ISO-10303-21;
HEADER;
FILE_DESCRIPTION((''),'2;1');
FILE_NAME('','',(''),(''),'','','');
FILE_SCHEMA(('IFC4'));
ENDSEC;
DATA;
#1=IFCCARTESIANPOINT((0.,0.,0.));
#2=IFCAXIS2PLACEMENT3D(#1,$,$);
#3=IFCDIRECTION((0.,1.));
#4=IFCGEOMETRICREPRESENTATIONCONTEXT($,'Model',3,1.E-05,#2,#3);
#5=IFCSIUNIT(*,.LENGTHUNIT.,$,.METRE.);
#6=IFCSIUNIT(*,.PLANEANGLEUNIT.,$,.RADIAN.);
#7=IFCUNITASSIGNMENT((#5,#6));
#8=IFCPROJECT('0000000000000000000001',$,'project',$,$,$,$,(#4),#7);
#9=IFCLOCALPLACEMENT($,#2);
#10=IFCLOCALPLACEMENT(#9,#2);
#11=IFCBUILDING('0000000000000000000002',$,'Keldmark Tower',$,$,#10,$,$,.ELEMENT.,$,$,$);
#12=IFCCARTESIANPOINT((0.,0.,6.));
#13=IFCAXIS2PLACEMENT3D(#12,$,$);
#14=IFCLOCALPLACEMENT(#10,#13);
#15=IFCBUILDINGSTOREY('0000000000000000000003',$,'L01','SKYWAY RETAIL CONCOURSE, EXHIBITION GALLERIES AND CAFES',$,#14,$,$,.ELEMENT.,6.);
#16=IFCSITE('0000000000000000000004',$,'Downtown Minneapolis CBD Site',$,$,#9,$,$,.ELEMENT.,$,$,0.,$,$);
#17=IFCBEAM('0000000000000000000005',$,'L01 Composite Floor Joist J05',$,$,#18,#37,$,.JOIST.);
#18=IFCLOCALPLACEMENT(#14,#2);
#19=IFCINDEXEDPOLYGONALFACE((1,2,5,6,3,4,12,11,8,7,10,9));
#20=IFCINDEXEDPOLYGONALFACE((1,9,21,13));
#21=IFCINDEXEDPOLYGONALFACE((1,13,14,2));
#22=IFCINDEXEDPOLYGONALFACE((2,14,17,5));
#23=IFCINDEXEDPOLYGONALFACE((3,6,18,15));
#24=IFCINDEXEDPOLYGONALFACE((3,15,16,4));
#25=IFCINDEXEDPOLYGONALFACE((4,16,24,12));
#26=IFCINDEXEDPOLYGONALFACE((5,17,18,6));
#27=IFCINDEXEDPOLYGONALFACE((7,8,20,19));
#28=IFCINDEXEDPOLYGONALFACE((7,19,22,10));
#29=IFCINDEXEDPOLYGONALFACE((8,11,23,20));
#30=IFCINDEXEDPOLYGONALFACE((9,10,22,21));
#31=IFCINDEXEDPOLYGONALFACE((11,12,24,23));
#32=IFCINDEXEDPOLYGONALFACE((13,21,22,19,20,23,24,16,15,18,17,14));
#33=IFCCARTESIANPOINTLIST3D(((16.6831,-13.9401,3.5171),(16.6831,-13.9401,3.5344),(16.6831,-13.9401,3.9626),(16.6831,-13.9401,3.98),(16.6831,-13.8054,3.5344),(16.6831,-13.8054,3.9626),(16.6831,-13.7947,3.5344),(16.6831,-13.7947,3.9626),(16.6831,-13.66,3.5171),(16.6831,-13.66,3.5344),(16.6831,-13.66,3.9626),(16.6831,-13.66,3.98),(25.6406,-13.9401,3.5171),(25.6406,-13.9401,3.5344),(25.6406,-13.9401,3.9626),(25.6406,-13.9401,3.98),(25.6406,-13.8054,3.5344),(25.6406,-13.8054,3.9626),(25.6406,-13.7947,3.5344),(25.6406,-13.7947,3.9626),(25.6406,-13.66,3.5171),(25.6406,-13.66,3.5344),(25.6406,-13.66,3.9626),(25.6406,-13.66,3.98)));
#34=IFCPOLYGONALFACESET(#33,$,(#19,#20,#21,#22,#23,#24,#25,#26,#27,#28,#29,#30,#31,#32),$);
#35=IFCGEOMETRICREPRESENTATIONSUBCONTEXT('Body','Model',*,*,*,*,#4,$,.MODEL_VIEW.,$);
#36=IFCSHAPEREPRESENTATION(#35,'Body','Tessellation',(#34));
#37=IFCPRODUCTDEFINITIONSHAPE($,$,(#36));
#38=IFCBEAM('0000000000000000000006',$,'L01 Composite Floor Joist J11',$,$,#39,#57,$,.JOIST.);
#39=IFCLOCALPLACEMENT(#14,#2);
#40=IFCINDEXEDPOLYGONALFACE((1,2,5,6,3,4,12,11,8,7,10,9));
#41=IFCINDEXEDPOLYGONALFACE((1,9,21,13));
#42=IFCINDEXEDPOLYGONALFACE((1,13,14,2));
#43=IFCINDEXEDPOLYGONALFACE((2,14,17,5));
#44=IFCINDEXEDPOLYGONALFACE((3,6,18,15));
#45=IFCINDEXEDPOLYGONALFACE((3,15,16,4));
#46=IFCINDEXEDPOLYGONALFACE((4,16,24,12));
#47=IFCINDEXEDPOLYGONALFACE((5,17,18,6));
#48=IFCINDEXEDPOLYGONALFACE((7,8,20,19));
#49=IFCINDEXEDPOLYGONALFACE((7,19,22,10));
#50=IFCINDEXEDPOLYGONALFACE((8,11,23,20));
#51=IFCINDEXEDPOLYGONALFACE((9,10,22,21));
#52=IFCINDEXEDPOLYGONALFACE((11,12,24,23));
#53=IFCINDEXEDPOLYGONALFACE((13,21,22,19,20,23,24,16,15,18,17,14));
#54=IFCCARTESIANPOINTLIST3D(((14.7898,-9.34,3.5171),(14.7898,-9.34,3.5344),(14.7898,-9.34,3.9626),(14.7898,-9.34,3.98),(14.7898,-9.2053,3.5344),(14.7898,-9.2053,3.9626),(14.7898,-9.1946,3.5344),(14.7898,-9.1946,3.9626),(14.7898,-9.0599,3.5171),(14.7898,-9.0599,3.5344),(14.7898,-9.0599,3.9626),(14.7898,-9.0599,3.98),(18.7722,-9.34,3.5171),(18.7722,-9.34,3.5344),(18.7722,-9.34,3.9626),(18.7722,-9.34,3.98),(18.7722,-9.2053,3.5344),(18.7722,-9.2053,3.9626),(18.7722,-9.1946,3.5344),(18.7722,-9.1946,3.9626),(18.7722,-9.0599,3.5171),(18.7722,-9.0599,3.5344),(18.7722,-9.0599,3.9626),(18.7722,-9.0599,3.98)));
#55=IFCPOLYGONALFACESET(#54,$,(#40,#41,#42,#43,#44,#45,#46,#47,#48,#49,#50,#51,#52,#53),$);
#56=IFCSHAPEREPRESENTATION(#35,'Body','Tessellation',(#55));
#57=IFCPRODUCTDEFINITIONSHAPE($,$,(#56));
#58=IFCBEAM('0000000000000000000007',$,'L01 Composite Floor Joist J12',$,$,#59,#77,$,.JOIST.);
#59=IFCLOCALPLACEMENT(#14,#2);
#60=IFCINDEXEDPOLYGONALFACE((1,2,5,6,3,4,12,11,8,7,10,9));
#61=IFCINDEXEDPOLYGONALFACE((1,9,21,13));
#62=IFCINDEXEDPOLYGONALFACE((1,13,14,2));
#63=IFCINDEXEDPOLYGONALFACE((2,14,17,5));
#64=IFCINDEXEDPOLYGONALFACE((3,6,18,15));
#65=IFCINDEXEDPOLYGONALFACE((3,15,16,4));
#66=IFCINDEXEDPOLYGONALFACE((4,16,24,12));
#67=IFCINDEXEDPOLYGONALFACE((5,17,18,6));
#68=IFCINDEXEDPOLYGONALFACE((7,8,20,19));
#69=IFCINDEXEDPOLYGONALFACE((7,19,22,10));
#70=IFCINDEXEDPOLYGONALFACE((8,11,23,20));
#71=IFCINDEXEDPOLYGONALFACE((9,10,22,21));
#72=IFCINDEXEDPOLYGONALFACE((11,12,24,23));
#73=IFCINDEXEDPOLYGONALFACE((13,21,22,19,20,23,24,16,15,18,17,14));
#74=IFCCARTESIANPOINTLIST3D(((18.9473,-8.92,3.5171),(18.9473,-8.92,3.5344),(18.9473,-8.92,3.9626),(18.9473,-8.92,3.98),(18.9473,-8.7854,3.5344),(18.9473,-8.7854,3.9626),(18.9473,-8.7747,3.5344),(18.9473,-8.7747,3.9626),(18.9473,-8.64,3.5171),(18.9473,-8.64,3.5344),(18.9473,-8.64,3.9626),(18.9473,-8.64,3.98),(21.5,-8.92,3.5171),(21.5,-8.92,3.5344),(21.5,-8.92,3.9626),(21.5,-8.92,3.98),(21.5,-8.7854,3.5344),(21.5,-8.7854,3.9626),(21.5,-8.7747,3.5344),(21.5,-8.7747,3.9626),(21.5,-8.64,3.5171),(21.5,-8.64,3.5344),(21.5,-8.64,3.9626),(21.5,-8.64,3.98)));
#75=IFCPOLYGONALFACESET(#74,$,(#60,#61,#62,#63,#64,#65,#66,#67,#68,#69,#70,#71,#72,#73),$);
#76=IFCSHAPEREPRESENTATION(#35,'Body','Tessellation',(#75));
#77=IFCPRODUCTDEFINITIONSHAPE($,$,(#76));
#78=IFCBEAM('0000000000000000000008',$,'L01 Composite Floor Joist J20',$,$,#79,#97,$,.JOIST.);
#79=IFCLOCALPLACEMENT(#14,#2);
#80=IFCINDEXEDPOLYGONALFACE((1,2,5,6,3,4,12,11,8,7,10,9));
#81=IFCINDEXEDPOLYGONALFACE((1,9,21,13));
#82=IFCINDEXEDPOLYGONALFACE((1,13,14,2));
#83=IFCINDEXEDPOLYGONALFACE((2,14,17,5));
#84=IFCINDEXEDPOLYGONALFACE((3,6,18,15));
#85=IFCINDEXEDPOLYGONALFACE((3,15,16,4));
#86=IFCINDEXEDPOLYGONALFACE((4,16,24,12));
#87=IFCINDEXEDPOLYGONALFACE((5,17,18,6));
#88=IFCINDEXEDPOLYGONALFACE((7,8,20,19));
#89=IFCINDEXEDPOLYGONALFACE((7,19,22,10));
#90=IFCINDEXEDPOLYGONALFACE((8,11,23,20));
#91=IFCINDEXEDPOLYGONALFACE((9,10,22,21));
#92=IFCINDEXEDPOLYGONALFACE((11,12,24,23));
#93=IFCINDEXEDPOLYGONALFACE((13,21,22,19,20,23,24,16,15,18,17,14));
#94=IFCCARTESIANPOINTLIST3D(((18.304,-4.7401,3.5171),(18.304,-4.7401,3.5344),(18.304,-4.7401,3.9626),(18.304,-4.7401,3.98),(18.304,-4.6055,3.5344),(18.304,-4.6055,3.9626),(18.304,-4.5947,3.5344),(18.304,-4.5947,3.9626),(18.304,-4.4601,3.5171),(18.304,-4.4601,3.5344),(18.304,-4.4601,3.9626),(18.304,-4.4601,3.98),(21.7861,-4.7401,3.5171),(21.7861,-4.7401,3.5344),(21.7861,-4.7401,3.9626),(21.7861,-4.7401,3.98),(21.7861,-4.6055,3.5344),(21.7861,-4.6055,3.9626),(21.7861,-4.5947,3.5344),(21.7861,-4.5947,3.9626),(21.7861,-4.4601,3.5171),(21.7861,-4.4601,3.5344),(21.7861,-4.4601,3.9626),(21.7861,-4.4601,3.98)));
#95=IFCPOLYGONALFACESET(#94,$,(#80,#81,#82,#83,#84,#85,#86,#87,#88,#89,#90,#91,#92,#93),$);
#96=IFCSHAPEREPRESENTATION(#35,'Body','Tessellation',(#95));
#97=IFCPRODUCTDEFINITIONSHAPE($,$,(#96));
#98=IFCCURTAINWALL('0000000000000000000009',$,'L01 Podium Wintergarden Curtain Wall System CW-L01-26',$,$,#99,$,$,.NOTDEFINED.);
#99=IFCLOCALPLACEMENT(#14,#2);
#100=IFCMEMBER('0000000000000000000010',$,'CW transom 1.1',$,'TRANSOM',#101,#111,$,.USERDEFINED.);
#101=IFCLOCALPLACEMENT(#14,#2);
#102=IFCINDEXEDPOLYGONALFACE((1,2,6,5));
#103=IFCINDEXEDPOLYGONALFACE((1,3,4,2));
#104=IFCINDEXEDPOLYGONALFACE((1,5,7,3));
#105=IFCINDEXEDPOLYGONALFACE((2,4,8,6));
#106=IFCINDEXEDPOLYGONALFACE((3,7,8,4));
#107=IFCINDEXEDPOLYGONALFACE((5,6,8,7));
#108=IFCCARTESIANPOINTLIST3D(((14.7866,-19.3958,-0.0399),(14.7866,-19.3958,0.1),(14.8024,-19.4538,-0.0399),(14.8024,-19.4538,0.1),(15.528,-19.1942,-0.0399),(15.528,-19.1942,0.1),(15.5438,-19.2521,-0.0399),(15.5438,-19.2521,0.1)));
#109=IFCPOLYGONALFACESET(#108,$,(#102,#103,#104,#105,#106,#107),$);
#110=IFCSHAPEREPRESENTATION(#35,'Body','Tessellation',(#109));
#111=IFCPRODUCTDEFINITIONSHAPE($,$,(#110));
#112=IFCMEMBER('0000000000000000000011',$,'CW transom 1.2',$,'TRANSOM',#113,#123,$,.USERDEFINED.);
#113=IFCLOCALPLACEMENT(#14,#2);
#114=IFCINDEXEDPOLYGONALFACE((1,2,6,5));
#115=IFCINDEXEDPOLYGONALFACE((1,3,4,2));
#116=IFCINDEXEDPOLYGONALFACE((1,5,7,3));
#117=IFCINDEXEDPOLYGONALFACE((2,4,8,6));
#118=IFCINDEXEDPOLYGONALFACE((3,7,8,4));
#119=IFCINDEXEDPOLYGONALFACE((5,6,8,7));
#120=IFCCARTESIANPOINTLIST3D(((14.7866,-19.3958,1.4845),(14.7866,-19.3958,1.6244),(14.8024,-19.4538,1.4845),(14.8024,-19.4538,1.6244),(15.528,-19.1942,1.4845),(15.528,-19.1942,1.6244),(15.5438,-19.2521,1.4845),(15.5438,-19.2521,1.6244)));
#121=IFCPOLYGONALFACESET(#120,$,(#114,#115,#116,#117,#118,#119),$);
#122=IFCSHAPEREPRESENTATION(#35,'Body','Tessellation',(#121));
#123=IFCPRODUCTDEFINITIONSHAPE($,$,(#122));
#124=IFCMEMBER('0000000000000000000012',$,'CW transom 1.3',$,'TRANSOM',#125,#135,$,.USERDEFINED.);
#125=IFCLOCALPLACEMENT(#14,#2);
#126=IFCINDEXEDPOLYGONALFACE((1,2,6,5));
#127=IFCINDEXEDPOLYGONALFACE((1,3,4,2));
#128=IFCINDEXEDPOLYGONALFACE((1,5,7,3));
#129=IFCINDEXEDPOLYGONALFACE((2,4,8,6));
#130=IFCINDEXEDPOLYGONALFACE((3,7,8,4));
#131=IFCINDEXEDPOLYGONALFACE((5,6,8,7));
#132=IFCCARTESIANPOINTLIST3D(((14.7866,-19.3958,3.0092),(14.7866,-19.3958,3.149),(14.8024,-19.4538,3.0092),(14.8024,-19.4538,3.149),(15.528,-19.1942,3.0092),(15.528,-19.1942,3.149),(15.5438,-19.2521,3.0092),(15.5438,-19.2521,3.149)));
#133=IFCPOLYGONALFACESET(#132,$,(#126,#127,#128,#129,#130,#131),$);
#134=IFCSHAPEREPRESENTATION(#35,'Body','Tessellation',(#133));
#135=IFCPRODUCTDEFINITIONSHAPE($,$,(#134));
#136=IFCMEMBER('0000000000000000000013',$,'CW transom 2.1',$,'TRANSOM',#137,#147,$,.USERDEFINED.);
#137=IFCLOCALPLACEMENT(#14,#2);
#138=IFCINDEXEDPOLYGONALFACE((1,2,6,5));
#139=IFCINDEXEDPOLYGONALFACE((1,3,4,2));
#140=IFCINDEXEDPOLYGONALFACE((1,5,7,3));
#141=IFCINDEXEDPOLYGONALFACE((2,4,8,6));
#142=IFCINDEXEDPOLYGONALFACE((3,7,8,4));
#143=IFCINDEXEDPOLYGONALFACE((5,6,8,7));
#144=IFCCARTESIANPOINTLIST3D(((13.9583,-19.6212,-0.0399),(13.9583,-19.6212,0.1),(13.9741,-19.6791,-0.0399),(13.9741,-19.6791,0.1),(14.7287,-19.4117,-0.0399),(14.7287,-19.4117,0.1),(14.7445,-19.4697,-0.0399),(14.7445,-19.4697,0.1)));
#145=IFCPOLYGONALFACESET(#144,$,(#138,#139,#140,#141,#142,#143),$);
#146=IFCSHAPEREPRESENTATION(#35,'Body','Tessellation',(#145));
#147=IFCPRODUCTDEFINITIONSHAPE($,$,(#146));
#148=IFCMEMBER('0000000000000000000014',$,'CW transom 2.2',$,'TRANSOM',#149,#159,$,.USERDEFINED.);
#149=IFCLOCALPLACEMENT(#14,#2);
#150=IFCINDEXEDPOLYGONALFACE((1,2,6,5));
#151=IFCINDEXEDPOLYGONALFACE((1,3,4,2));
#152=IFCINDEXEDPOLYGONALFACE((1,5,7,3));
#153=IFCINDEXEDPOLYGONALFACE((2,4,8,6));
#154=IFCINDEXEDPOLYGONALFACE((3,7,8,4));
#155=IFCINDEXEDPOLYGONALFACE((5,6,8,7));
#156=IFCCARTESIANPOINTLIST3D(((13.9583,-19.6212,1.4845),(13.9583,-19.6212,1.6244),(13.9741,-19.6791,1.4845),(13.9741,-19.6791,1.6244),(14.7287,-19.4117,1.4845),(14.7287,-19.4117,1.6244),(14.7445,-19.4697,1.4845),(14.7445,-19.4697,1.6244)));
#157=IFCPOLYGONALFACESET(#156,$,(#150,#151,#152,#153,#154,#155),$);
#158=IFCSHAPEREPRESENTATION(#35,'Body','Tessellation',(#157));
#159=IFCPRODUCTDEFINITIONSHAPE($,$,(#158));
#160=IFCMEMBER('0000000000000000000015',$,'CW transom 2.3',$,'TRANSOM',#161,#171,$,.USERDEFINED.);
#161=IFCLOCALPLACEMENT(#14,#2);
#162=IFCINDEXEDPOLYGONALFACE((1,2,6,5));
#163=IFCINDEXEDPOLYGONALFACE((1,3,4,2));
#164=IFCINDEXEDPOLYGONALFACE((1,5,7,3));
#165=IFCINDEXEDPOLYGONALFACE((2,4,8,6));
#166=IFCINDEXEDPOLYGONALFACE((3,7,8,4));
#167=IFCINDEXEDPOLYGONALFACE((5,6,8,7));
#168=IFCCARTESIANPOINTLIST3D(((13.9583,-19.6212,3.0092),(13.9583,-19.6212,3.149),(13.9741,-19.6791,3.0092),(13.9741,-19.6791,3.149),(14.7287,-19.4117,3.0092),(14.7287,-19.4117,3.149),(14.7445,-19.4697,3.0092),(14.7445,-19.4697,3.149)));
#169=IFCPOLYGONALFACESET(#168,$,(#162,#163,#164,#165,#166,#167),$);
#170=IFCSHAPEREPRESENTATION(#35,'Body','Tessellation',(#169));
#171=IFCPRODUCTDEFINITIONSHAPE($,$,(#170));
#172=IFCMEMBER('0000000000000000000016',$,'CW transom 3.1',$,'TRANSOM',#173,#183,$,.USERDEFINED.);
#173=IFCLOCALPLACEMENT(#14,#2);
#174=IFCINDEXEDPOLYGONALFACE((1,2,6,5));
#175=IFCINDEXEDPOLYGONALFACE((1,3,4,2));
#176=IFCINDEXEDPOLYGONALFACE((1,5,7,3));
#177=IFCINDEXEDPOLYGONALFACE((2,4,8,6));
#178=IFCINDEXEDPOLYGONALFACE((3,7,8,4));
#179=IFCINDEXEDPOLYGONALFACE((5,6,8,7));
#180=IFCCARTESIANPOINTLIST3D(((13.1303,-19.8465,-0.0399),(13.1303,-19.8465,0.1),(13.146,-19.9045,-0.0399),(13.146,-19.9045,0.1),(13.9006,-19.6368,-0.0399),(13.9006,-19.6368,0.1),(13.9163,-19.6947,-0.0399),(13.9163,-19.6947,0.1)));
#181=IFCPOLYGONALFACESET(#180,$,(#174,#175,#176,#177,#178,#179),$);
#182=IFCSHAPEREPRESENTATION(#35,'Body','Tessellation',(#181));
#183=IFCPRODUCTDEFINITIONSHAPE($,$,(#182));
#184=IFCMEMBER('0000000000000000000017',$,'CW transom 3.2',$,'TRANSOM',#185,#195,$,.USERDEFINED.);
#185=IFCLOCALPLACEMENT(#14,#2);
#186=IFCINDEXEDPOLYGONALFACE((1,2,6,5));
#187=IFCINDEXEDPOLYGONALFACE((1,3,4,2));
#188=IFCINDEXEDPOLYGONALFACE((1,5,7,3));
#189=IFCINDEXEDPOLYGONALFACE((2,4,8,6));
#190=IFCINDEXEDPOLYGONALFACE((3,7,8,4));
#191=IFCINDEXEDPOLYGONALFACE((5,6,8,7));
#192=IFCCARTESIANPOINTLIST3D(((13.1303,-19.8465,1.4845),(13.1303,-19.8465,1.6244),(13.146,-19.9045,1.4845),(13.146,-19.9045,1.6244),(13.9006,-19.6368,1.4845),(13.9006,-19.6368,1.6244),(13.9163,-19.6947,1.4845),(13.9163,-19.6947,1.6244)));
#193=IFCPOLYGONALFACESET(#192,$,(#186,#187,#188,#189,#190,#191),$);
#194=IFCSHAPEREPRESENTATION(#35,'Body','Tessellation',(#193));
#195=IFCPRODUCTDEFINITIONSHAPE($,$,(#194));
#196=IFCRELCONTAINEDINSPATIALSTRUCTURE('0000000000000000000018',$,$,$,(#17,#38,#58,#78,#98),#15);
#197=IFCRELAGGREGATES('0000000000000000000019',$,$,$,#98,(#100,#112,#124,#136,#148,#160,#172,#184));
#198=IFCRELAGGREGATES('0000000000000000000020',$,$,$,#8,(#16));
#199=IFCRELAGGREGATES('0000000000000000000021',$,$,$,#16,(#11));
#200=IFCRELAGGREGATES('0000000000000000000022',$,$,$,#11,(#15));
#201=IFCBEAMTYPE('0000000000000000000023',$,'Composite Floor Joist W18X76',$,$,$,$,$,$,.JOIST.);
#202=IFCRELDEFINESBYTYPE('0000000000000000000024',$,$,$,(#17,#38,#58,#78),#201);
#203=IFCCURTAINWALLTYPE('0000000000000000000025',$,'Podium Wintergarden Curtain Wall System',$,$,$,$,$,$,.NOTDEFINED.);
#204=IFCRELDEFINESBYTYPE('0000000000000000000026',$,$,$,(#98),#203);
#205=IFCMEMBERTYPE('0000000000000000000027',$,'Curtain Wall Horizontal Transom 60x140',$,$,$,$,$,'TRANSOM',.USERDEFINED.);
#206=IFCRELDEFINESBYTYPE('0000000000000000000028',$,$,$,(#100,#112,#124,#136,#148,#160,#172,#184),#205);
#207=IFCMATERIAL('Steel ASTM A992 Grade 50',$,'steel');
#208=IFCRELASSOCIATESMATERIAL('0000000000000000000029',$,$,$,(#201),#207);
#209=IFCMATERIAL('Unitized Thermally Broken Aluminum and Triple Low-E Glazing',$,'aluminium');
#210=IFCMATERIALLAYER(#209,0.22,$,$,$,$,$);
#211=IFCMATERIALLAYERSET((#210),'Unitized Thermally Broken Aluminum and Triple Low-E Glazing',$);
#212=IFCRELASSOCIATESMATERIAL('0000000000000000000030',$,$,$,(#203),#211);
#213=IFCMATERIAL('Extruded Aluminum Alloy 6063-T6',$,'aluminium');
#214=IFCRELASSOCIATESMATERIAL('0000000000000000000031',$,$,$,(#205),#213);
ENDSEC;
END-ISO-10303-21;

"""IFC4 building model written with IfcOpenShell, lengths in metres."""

from ifc_helpers import new_model, si_unit, direction, frame, origin, origin_2d, place, context, subcontext, project, spatial, rectangle, i_section, extrude, material, layer, layer_set, material_profile, profile_set, type_object, element, aggregate, save


model = new_model("IFC4")

# Units and contexts
model_context = context("Model", 3, precision=1e-05, world=origin(), true_north=direction((0.0, 1.0)))
body_context = subcontext(model_context, "Body", "Model", "MODEL_VIEW")
ifc_project = project(units=[si_unit("LENGTHUNIT", "METRE"), si_unit("PLANEANGLEUNIT", "RADIAN")], contexts=[model_context])

# Site, building, storey
site_placement = place(None, origin())
site = spatial("IfcSite", under=ifc_project, at=site_placement, Name="Downtown Minneapolis CBD Site", CompositionType="ELEMENT", RefElevation=0.0)
building_placement = place(site_placement, origin())
building = spatial("IfcBuilding", under=site, at=building_placement, Name="Keldmark Tower", CompositionType="ELEMENT")
storey_placement = place(building_placement, frame((0.0, 0.0, 6.0)))
storey = spatial("IfcBuildingStorey", under=building, at=storey_placement, Name="L01", Description="SKYWAY RETAIL CONCOURSE, EXHIBITION GALLERIES AND CAFES", CompositionType="ELEMENT", Elevation=6.0)

# Beams
ifc_material_1 = material(Name="Steel ASTM A992 Grade 50", Category="steel")
ifc_material_profile_1 = material_profile(ifc_material_1, i_section(OverallWidth=0.28, OverallDepth=0.4629, WebThickness=0.0107, FlangeThickness=0.0173, at=origin_2d()), Name="W18X76")
ifc_profile_set_1 = profile_set([ifc_material_profile_1], Name="Steel ASTM A992 Grade 50")
beam_type_1 = type_object("IfcBeamType", Name="Composite Floor Joist W18X76", PredefinedType="JOIST", material=ifc_profile_set_1)
beam_1_placement = place(storey_placement, frame((16.6831, -13.8, 3.7485), z_axis=(1.0, 0.0, 0.0), x_axis=(0.0, 1.0, 0.0)))
element("IfcBeam", 1, at=beam_1_placement, inside=storey, type_object=beam_type_1, Name="L01 Composite Floor Joist J05", PredefinedType="JOIST", context=body_context, shape_type="SweptSolid", body=[
    extrude(i_section(OverallWidth=0.28, OverallDepth=0.4629, WebThickness=0.0107, FlangeThickness=0.0173, at=origin_2d()), origin(), (0.0, 0.0, 1.0), 8.9575),
])
beam_2_placement = place(storey_placement, frame((14.7898, -9.2, 3.7485), z_axis=(1.0, 0.0, 0.0), x_axis=(0.0, 1.0, 0.0)))
element("IfcBeam", 2, at=beam_2_placement, inside=storey, type_object=beam_type_1, Name="L01 Composite Floor Joist J11", PredefinedType="JOIST", context=body_context, shape_type="SweptSolid", body=[
    extrude(i_section(OverallWidth=0.28, OverallDepth=0.4629, WebThickness=0.0107, FlangeThickness=0.0173, at=origin_2d()), origin(), (0.0, 0.0, 1.0), 3.9824),
])
beam_3_placement = place(storey_placement, frame((18.9473, -8.78, 3.7485), z_axis=(1.0, 0.0, 0.0), x_axis=(0.0, 1.0, 0.0)))
element("IfcBeam", 3, at=beam_3_placement, inside=storey, type_object=beam_type_1, Name="L01 Composite Floor Joist J12", PredefinedType="JOIST", context=body_context, shape_type="SweptSolid", body=[
    extrude(i_section(OverallWidth=0.28, OverallDepth=0.4629, WebThickness=0.0107, FlangeThickness=0.0173, at=origin_2d()), origin(), (0.0, 0.0, 1.0), 2.5527),
])
beam_4_placement = place(storey_placement, frame((18.304, -4.6001, 3.7485), z_axis=(1.0, 0.0, 0.0), x_axis=(0.0, 1.0, 0.0)))
element("IfcBeam", 4, at=beam_4_placement, inside=storey, type_object=beam_type_1, Name="L01 Composite Floor Joist J20", PredefinedType="JOIST", context=body_context, shape_type="SweptSolid", body=[
    extrude(i_section(OverallWidth=0.28, OverallDepth=0.4629, WebThickness=0.0107, FlangeThickness=0.0173, at=origin_2d()), origin(), (0.0, 0.0, 1.0), 3.4822),
])

# Curtain wall, members
ifc_material_2 = material(Name="Unitized Thermally Broken Aluminum and Triple Low-E Glazing", Category="aluminium")
ifc_layer_1 = layer(ifc_material_2, 0.22)
ifc_layer_set_1 = layer_set([ifc_layer_1], Name="Unitized Thermally Broken Aluminum and Triple Low-E Glazing")
curtain_wall_type = type_object("IfcCurtainWallType", Name="Podium Wintergarden Curtain Wall System", PredefinedType="NOTDEFINED", material=ifc_layer_set_1)
curtain_wall_placement = place(storey_placement, origin())
curtain_wall = element("IfcCurtainWall", 5, at=curtain_wall_placement, inside=storey, type_object=curtain_wall_type, Name="L01 Podium Wintergarden Curtain Wall System CW-L01-26", PredefinedType="NOTDEFINED")
ifc_material_3 = material(Name="Extruded Aluminum Alloy 6063-T6", Category="aluminium")
ifc_material_profile_2 = material_profile(ifc_material_3, rectangle(XDim=0.0601, YDim=0.1399, at=origin_2d()), Name="CWT60X140")
ifc_profile_set_2 = profile_set([ifc_material_profile_2], Name="Extruded Aluminum Alloy 6063-T6")
member_type_1 = type_object("IfcMemberType", Name="Curtain Wall Horizontal Transom 60x140", ElementType="TRANSOM", PredefinedType="USERDEFINED", material=ifc_profile_set_2)
member_1_placement = place(storey_placement, frame((15.5359, -19.2231, 0.03), z_axis=(-0.964947, -0.262445, 0.0), x_axis=(0.262445, -0.964947, 0.0)))
member_1 = element("IfcMember", 6, at=member_1_placement, type_object=member_type_1, Name="CW transom 1.1", ObjectType="TRANSOM", PredefinedType="USERDEFINED", context=body_context, shape_type="SweptSolid", body=[
    extrude(rectangle(XDim=0.0601, YDim=0.1399, at=origin_2d()), origin(), (0.0, 0.0, 1.0), 0.7683),
])
member_2_placement = place(storey_placement, frame((15.5359, -19.2231, 1.5544), z_axis=(-0.964947, -0.262445, 0.0), x_axis=(0.262445, -0.964947, 0.0)))
member_2 = element("IfcMember", 7, at=member_2_placement, type_object=member_type_1, Name="CW transom 1.2", ObjectType="TRANSOM", PredefinedType="USERDEFINED", context=body_context, shape_type="SweptSolid", body=[
    extrude(rectangle(XDim=0.0601, YDim=0.1399, at=origin_2d()), origin(), (0.0, 0.0, 1.0), 0.7683),
])
member_3_placement = place(storey_placement, frame((15.5359, -19.2231, 3.0791), z_axis=(-0.964947, -0.262445, 0.0), x_axis=(0.262445, -0.964947, 0.0)))
member_3 = element("IfcMember", 8, at=member_3_placement, type_object=member_type_1, Name="CW transom 1.3", ObjectType="TRANSOM", PredefinedType="USERDEFINED", context=body_context, shape_type="SweptSolid", body=[
    extrude(rectangle(XDim=0.0601, YDim=0.1399, at=origin_2d()), origin(), (0.0, 0.0, 1.0), 0.7683),
])
member_4_placement = place(storey_placement, frame((14.7366, -19.4407, 0.03), z_axis=(-0.964954, -0.262419, 0.0), x_axis=(0.262419, -0.964954, 0.0)))
member_4 = element("IfcMember", 9, at=member_4_placement, type_object=member_type_1, Name="CW transom 2.1", ObjectType="TRANSOM", PredefinedType="USERDEFINED", context=body_context, shape_type="SweptSolid", body=[
    extrude(rectangle(XDim=0.0601, YDim=0.1399, at=origin_2d()), origin(), (0.0, 0.0, 1.0), 0.7983),
])
member_5_placement = place(storey_placement, frame((14.7366, -19.4407, 1.5544), z_axis=(-0.964954, -0.262419, 0.0), x_axis=(0.262419, -0.964954, 0.0)))
member_5 = element("IfcMember", 10, at=member_5_placement, type_object=member_type_1, Name="CW transom 2.2", ObjectType="TRANSOM", PredefinedType="USERDEFINED", context=body_context, shape_type="SweptSolid", body=[
    extrude(rectangle(XDim=0.0601, YDim=0.1399, at=origin_2d()), origin(), (0.0, 0.0, 1.0), 0.7983),
])
member_6_placement = place(storey_placement, frame((14.7366, -19.4407, 3.0791), z_axis=(-0.964954, -0.262419, 0.0), x_axis=(0.262419, -0.964954, 0.0)))
member_6 = element("IfcMember", 11, at=member_6_placement, type_object=member_type_1, Name="CW transom 2.3", ObjectType="TRANSOM", PredefinedType="USERDEFINED", context=body_context, shape_type="SweptSolid", body=[
    extrude(rectangle(XDim=0.0601, YDim=0.1399, at=origin_2d()), origin(), (0.0, 0.0, 1.0), 0.7983),
])
member_7_placement = place(storey_placement, frame((13.9084, -19.6658, 0.03), z_axis=(-0.964877, -0.262703, 0.0), x_axis=(0.262703, -0.964877, 0.0)))
member_7 = element("IfcMember", 12, at=member_7_placement, type_object=member_type_1, Name="CW transom 3.1", ObjectType="TRANSOM", PredefinedType="USERDEFINED", context=body_context, shape_type="SweptSolid", body=[
    extrude(rectangle(XDim=0.0601, YDim=0.1399, at=origin_2d()), origin(), (0.0, 0.0, 1.0), 0.7983),
])
member_8_placement = place(storey_placement, frame((13.9084, -19.6658, 1.5544), z_axis=(-0.964877, -0.262703, 0.0), x_axis=(0.262703, -0.964877, 0.0)))
member_8 = element("IfcMember", 13, at=member_8_placement, type_object=member_type_1, Name="CW transom 3.2", ObjectType="TRANSOM", PredefinedType="USERDEFINED", context=body_context, shape_type="SweptSolid", body=[
    extrude(rectangle(XDim=0.0601, YDim=0.1399, at=origin_2d()), origin(), (0.0, 0.0, 1.0), 0.7983),
])

aggregate(curtain_wall, [member_1, member_2, member_3, member_4, member_5, member_6, member_7, member_8])

save(model, "model.ifc")
